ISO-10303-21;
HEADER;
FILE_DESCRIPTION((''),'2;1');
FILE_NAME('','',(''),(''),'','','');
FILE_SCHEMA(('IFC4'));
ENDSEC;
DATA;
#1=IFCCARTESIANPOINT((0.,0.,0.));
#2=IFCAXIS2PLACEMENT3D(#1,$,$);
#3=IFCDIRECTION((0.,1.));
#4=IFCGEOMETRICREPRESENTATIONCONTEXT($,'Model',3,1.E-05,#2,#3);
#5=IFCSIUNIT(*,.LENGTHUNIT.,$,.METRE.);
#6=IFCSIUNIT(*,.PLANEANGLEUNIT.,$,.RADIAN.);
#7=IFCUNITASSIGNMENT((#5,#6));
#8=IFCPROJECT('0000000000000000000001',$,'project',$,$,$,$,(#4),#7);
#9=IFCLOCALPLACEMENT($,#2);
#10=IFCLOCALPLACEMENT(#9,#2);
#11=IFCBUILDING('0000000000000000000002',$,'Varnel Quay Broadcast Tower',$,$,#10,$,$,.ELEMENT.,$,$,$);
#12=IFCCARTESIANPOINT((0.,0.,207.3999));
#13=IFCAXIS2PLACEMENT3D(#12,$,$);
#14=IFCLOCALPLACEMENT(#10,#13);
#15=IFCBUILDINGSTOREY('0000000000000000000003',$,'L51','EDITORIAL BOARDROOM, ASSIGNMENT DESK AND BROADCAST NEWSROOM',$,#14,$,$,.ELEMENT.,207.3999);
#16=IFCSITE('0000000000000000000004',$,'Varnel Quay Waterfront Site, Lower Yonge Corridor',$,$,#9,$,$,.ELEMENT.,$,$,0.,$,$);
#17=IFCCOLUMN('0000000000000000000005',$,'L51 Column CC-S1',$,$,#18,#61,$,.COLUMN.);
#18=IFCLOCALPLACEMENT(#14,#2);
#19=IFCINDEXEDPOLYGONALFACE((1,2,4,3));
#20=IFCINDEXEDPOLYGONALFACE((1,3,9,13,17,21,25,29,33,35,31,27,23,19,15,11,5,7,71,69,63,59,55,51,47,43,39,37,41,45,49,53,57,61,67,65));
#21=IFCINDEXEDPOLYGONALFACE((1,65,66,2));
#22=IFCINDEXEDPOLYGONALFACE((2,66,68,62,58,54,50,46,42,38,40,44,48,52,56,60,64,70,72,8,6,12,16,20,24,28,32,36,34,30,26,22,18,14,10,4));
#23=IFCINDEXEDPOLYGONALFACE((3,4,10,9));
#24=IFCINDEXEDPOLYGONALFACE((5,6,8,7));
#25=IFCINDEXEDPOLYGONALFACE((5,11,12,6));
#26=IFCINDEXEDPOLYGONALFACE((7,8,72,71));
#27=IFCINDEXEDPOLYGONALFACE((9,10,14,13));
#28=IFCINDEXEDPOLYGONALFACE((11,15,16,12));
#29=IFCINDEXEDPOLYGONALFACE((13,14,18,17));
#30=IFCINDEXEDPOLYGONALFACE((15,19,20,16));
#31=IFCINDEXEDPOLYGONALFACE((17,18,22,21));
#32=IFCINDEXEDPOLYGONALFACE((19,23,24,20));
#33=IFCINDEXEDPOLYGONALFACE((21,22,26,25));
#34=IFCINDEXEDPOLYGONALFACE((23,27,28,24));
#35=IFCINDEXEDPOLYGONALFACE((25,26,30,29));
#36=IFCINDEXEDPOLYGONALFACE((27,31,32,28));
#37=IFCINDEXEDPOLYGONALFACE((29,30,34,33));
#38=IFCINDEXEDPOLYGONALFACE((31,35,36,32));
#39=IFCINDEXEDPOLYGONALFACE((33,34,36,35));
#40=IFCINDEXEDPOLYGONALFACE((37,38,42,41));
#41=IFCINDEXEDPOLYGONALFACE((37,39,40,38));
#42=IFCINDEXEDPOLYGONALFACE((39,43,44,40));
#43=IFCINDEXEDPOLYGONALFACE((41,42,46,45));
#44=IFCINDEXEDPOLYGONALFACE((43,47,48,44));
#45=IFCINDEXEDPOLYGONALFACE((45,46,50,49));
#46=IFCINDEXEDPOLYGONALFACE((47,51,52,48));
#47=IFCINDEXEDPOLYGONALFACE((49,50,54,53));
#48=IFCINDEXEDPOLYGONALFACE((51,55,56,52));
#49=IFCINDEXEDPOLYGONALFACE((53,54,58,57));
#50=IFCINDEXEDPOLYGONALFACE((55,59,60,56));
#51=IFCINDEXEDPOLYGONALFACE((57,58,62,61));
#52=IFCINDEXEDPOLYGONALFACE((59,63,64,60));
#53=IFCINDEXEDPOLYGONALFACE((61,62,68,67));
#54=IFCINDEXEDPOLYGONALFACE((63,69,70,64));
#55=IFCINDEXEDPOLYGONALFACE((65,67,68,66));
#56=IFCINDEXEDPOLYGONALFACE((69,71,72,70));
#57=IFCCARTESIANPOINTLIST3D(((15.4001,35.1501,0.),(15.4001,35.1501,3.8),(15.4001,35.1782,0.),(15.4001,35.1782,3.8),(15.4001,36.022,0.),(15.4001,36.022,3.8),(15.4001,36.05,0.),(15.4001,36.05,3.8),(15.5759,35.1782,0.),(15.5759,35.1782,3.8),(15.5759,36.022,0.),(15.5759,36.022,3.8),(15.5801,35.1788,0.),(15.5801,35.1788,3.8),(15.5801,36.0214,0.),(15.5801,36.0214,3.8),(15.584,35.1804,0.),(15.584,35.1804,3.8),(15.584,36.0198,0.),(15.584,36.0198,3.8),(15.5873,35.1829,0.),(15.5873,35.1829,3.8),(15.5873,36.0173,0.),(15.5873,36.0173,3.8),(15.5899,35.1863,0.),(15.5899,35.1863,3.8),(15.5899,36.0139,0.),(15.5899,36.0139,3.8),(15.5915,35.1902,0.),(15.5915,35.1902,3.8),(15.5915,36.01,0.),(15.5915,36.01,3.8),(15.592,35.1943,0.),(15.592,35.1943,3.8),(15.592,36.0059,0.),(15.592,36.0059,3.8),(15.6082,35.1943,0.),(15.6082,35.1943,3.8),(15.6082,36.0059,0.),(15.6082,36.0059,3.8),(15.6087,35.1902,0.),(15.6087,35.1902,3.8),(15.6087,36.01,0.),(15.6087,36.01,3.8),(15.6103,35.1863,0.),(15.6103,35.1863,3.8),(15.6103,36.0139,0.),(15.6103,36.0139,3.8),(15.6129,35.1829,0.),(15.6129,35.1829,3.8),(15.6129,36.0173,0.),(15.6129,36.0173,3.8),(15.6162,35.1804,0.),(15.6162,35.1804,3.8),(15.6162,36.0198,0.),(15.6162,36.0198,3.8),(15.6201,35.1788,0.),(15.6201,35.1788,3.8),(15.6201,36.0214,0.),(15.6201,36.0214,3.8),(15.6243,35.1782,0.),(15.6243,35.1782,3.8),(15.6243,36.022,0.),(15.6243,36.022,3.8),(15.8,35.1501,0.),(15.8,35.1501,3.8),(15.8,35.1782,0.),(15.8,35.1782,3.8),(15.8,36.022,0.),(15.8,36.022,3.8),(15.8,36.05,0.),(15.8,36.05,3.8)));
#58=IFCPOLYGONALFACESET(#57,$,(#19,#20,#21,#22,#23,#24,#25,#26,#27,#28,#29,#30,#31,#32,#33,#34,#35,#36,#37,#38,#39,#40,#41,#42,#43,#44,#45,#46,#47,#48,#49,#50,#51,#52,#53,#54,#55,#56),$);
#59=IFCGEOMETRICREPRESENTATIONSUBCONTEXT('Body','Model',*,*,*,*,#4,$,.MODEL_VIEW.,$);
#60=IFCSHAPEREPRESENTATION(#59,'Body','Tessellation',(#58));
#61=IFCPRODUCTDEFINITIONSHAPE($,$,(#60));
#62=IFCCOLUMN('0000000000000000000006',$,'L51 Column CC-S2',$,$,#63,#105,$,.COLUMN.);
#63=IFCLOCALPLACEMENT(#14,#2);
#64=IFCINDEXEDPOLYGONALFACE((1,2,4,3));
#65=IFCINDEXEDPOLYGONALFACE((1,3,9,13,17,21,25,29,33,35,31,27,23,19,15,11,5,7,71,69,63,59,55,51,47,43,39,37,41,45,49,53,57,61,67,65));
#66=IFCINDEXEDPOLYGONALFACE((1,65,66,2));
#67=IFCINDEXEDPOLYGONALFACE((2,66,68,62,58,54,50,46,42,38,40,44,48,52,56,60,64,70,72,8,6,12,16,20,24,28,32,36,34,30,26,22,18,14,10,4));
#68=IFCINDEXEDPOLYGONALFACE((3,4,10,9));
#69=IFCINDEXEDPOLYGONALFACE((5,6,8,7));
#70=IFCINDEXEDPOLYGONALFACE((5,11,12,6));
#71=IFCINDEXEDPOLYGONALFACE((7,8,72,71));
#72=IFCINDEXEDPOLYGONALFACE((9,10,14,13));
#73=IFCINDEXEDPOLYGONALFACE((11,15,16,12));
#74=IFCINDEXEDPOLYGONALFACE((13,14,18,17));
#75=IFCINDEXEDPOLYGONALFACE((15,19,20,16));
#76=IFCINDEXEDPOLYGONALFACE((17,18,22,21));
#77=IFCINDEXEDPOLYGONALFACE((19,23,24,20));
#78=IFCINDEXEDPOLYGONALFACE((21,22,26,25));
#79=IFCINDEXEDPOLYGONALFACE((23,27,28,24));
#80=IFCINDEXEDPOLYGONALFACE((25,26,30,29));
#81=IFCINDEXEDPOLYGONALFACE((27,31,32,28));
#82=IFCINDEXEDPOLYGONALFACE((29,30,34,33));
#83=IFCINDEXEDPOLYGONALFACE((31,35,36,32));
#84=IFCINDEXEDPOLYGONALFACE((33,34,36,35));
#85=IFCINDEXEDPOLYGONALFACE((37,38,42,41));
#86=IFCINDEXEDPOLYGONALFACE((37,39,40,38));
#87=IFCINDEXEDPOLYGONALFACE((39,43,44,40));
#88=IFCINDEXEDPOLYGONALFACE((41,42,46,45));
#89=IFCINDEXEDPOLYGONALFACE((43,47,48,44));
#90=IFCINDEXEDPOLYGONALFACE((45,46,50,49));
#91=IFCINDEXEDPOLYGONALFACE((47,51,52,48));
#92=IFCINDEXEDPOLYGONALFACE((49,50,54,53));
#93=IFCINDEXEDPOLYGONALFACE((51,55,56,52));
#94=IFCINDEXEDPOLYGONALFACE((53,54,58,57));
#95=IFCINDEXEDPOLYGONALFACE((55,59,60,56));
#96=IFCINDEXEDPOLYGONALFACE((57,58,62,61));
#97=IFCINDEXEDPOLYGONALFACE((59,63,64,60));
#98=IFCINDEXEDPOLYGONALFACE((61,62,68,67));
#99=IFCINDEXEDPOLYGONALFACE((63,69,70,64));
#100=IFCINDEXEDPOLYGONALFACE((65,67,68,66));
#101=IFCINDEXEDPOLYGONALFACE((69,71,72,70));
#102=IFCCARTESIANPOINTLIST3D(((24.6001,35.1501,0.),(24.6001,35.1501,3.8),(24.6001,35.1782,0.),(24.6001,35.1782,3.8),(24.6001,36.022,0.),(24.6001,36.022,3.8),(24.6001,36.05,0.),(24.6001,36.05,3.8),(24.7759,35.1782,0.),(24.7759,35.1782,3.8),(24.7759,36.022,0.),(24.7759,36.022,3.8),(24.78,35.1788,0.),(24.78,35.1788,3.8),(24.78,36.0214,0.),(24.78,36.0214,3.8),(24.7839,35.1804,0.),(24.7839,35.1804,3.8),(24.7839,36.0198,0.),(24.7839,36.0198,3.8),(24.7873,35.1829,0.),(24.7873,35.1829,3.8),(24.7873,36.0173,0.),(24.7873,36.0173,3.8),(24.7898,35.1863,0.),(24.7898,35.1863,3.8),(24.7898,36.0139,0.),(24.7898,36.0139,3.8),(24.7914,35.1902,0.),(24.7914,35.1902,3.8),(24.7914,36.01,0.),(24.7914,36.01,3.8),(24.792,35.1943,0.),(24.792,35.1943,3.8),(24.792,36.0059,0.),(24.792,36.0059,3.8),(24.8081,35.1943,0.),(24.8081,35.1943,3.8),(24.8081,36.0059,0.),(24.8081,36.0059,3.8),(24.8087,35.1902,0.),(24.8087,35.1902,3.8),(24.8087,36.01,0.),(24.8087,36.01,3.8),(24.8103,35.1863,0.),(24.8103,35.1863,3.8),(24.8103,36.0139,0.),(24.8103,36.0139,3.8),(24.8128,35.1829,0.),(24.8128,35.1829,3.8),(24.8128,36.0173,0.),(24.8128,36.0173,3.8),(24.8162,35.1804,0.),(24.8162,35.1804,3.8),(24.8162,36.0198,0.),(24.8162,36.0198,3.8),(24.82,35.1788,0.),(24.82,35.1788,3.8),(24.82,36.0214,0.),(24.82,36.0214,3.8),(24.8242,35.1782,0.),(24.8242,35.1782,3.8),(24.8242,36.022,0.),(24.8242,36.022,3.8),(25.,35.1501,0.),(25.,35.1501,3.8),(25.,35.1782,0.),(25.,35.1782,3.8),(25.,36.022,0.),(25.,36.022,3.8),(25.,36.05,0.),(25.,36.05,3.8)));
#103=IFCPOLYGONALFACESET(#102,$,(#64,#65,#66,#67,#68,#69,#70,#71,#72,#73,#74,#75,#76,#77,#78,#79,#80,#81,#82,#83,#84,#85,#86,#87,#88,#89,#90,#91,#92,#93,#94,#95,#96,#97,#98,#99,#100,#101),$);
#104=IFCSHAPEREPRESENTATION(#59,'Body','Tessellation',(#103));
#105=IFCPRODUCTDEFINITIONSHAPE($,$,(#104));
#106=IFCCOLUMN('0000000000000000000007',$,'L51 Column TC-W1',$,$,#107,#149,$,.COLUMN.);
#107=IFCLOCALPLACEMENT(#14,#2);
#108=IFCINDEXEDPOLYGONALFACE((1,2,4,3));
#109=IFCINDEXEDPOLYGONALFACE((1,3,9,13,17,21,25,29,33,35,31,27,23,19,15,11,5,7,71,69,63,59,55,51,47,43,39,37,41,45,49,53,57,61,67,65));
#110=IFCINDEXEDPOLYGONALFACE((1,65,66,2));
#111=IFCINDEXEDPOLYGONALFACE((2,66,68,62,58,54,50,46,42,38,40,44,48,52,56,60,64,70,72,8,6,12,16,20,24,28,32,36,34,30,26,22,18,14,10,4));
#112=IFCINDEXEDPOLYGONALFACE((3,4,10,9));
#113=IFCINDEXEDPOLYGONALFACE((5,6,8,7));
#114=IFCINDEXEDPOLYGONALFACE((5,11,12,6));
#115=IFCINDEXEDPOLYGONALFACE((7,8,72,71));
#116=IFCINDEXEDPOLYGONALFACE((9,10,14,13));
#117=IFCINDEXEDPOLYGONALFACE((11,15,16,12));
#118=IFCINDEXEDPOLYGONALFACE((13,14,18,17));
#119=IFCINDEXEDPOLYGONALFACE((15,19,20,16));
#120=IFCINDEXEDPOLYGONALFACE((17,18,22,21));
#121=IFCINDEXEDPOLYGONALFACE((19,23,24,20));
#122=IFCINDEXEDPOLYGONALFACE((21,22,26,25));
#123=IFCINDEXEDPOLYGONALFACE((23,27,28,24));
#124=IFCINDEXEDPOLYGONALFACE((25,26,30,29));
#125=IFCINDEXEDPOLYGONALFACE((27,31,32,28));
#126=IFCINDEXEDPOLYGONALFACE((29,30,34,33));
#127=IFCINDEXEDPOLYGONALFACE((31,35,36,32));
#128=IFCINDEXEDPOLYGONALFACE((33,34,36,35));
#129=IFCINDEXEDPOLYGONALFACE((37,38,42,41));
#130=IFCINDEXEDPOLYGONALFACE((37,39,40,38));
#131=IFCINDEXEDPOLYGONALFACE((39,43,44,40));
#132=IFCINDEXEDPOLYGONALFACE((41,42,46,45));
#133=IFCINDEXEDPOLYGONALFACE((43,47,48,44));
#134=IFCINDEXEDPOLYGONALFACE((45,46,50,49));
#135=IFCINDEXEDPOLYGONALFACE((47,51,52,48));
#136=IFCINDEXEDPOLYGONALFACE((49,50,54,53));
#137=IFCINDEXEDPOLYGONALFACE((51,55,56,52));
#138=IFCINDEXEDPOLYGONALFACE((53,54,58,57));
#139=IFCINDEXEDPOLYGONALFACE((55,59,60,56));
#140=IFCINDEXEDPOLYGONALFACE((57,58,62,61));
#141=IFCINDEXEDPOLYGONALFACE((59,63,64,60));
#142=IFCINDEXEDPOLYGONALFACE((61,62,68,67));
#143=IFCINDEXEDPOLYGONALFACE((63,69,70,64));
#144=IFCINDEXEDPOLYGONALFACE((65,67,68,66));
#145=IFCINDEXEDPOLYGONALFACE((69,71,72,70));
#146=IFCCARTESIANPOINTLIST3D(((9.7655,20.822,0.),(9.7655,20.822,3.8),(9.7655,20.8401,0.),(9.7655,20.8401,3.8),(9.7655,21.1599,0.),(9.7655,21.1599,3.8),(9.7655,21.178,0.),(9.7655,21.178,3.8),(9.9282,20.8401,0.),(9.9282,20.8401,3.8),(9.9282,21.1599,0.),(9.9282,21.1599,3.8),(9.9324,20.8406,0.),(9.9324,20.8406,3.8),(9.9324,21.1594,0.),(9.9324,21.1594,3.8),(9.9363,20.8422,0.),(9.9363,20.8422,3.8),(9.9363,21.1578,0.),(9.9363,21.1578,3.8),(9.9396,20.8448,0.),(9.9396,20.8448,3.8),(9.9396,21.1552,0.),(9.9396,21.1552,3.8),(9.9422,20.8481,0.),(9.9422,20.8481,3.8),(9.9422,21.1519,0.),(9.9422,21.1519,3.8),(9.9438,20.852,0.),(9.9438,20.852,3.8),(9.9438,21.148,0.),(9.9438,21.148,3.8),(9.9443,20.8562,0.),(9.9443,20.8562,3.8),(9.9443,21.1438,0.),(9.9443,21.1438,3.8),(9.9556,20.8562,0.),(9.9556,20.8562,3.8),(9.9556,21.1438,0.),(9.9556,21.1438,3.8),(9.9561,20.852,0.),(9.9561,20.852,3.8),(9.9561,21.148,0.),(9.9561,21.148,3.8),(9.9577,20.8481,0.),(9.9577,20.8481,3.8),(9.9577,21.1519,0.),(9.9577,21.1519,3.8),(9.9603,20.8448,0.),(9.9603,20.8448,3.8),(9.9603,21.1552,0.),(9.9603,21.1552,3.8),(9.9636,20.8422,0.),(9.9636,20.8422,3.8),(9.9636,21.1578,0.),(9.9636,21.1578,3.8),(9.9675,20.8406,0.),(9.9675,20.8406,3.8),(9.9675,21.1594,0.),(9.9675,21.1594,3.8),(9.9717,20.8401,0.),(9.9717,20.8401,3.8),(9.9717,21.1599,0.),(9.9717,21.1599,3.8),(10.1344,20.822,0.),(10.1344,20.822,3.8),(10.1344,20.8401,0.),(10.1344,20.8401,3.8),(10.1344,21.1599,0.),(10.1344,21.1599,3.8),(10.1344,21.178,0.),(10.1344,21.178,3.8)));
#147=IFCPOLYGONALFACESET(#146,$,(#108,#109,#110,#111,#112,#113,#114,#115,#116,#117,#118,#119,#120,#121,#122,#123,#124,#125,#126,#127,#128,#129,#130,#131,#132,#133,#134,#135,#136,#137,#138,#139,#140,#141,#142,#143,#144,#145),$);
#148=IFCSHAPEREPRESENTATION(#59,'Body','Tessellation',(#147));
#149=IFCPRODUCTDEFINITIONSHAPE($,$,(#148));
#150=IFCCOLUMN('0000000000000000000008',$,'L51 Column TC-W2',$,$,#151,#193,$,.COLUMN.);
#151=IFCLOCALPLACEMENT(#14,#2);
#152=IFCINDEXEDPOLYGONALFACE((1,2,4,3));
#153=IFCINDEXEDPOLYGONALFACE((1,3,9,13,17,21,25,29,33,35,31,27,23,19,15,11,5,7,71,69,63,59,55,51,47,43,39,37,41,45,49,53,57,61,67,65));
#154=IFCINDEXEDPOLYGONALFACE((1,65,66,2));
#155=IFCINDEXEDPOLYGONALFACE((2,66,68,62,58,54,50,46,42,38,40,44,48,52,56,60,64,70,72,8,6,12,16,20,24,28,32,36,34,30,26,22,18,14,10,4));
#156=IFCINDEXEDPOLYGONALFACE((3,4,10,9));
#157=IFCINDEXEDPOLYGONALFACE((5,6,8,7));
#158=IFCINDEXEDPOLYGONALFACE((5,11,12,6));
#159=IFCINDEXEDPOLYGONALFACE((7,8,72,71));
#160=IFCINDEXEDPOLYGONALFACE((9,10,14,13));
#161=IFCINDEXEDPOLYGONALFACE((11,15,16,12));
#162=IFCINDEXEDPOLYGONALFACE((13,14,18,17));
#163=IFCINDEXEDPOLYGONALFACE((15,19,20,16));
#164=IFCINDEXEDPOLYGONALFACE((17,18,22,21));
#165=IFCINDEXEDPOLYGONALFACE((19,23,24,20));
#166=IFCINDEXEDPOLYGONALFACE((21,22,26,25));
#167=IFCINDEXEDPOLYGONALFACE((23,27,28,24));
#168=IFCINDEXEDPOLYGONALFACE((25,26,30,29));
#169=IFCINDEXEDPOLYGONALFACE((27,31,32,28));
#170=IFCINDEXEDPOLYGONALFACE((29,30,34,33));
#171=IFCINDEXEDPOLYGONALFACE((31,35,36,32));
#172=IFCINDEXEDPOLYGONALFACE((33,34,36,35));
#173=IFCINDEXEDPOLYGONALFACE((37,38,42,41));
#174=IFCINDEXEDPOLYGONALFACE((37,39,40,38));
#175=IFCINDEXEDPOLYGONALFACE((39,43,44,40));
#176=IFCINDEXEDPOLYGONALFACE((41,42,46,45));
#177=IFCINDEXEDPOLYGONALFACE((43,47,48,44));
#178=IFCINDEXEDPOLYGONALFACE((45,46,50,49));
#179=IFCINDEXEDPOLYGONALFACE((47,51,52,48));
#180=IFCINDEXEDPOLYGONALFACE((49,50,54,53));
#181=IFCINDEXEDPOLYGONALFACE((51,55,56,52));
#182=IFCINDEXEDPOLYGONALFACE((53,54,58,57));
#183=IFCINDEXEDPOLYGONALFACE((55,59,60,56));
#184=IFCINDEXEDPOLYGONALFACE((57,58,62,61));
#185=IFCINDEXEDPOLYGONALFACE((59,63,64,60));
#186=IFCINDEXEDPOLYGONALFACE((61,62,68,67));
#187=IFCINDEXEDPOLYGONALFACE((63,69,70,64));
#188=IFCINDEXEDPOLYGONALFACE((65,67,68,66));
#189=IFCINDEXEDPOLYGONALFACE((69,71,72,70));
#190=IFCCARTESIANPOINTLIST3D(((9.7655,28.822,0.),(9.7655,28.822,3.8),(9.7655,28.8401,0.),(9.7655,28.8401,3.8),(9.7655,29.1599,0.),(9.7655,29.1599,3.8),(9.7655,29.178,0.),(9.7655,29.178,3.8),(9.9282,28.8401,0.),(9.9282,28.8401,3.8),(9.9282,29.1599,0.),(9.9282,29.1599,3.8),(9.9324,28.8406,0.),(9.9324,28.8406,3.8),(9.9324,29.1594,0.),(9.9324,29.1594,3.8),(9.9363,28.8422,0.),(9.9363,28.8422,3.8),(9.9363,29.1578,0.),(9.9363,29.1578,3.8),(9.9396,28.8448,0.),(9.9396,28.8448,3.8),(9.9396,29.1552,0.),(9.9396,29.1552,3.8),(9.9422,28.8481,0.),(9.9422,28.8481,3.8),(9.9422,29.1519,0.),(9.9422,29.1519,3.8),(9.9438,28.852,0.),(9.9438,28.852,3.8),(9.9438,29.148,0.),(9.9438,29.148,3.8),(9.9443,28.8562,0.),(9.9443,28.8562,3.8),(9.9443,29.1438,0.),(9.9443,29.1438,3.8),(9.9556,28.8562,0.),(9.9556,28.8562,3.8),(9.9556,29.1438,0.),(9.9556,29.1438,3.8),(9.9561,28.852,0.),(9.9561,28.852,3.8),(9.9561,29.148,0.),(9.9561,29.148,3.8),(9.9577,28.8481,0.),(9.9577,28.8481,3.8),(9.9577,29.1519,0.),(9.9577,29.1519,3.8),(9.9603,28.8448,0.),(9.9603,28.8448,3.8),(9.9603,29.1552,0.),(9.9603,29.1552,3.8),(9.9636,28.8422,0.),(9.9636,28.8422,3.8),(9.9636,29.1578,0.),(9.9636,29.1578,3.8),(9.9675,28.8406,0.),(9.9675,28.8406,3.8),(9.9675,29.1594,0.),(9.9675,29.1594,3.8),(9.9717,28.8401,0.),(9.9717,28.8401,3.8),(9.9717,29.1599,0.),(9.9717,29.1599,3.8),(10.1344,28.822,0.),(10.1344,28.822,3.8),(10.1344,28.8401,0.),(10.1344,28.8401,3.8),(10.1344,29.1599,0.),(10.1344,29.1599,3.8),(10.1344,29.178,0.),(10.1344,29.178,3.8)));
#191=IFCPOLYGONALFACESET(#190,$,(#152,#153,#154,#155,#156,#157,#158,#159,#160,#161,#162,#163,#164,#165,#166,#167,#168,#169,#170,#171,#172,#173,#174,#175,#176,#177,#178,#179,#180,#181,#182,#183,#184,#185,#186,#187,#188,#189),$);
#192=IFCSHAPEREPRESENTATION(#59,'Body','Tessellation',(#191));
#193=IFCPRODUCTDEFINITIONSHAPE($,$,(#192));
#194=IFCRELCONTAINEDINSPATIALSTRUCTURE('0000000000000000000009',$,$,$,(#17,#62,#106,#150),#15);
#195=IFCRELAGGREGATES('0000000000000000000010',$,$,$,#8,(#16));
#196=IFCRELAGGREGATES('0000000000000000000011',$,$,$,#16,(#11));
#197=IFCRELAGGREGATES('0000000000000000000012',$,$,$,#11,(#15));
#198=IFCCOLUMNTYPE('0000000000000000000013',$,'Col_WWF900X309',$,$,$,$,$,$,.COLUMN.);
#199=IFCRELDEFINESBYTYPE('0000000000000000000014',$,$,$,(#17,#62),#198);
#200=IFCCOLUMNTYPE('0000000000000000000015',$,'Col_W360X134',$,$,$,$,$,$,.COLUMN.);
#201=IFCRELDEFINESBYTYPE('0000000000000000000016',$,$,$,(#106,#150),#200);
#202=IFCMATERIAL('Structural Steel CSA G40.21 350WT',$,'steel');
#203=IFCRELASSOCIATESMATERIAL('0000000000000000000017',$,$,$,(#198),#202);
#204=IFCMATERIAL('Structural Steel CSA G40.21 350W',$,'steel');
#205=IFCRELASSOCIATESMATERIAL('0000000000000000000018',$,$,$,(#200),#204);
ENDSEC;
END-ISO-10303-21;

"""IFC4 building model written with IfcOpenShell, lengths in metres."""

from ifc_helpers import new_model, si_unit, direction, frame, origin, origin_2d, place, context, subcontext, project, spatial, i_section, extrude, source, transform, mapped, material, material_profile, profile_set, type_object, type_shapes, element, save


model = new_model("IFC4")

# Units and contexts
model_context = context("Model", 3, precision=1e-05, world=origin(), true_north=direction((0.0, 1.0)))
body_context = subcontext(model_context, "Body", "Model", "MODEL_VIEW")
ifc_project = project(units=[si_unit("LENGTHUNIT", "METRE"), si_unit("PLANEANGLEUNIT", "RADIAN")], contexts=[model_context])

# Site, building, storey
site_placement = place(None, origin())
site = spatial("IfcSite", under=ifc_project, at=site_placement, Name="Varnel Quay Waterfront Site, Lower Yonge Corridor", CompositionType="ELEMENT", RefElevation=0.0)
building_placement = place(site_placement, origin())
building = spatial("IfcBuilding", under=site, at=building_placement, Name="Varnel Quay Broadcast Tower", CompositionType="ELEMENT")
storey_placement = place(building_placement, frame((0.0, 0.0, 207.3999)))
storey = spatial("IfcBuildingStorey", under=building, at=storey_placement, Name="L51", Description="EDITORIAL BOARDROOM, ASSIGNMENT DESK AND BROADCAST NEWSROOM", CompositionType="ELEMENT", Elevation=207.3999)

# Columns
ifc_material_1 = material(Name="Structural Steel CSA G40.21 350WT", Category="steel")
ifc_material_profile_1 = material_profile(ifc_material_1, i_section(OverallWidth=0.3999, OverallDepth=0.8999, WebThickness=0.0161, FlangeThickness=0.0281, FilletRadius=0.0161, at=origin_2d()), Name="WWF900X309")
ifc_profile_set_1 = profile_set([ifc_material_profile_1], Name="Structural Steel CSA G40.21 350WT")
column_type_1 = type_object("IfcColumnType", Name="Col_WWF900X309", PredefinedType="COLUMN", material=ifc_profile_set_1)
shared_shape_1 = source(origin(), body_context, "Body", "SweptSolid", [
    extrude(i_section(OverallWidth=0.3999, OverallDepth=0.8999, WebThickness=0.0161, FlangeThickness=0.0281, FilletRadius=0.0161, at=origin_2d()), origin(), (0.0, 0.0, 1.0), 3.8),
])
type_shapes(column_type_1, [shared_shape_1])
for number, where, z_axis, x_axis, name in (
    (1, (15.6001, 35.6001, 0.0), (0.0, 0.0, 1.0), (1.0, 0.0, 0.0), "L51 Column CC-S1"),
    (2, (24.8, 35.6001, 0.0), (0.0, 0.0, 1.0), (1.0, 0.0, 0.0), "L51 Column CC-S2"),
):
    element("IfcColumn", number, at=place(storey_placement, frame(where, z_axis=z_axis, x_axis=x_axis)), inside=storey, type_object=column_type_1, Name=name, PredefinedType="COLUMN", context=body_context, shape_type="MappedRepresentation", body=[
        mapped(shared_shape_1, transform((0.0, 0.0, 0.0), x_axis=(1.0, 0.0, 0.0), y_axis=(0.0, 1.0, 0.0), z_axis=(0.0, 0.0, 1.0), scale=1.0)),
    ])
ifc_material_2 = material(Name="Structural Steel CSA G40.21 350W", Category="steel")
ifc_material_profile_2 = material_profile(ifc_material_2, i_section(OverallWidth=0.3689, OverallDepth=0.356, WebThickness=0.0112, FlangeThickness=0.0181, FilletRadius=0.0161, at=origin_2d()), Name="W360X134")
ifc_profile_set_2 = profile_set([ifc_material_profile_2], Name="Structural Steel CSA G40.21 350W")
column_type_2 = type_object("IfcColumnType", Name="Col_W360X134", PredefinedType="COLUMN", material=ifc_profile_set_2)
shared_shape_2 = source(origin(), body_context, "Body", "SweptSolid", [
    extrude(i_section(OverallWidth=0.3689, OverallDepth=0.356, WebThickness=0.0112, FlangeThickness=0.0181, FilletRadius=0.0161, at=origin_2d()), origin(), (0.0, 0.0, 1.0), 3.8),
])
type_shapes(column_type_2, [shared_shape_2])
for number, where, z_axis, x_axis, name in (
    (3, (9.95, 21.0, 0.0), (0.0, 0.0, 1.0), (1.0, 0.0, 0.0), "L51 Column TC-W1"),
    (4, (9.95, 29.0, 0.0), (0.0, 0.0, 1.0), (1.0, 0.0, 0.0), "L51 Column TC-W2"),
):
    element("IfcColumn", number, at=place(storey_placement, frame(where, z_axis=z_axis, x_axis=x_axis)), inside=storey, type_object=column_type_2, Name=name, PredefinedType="COLUMN", context=body_context, shape_type="MappedRepresentation", body=[
        mapped(shared_shape_2, transform((0.0, 0.0, 0.0), x_axis=(1.0, 0.0, 0.0), y_axis=(0.0, 1.0, 0.0), z_axis=(0.0, 0.0, 1.0), scale=1.0)),
    ])

save(model, "model.ifc")
